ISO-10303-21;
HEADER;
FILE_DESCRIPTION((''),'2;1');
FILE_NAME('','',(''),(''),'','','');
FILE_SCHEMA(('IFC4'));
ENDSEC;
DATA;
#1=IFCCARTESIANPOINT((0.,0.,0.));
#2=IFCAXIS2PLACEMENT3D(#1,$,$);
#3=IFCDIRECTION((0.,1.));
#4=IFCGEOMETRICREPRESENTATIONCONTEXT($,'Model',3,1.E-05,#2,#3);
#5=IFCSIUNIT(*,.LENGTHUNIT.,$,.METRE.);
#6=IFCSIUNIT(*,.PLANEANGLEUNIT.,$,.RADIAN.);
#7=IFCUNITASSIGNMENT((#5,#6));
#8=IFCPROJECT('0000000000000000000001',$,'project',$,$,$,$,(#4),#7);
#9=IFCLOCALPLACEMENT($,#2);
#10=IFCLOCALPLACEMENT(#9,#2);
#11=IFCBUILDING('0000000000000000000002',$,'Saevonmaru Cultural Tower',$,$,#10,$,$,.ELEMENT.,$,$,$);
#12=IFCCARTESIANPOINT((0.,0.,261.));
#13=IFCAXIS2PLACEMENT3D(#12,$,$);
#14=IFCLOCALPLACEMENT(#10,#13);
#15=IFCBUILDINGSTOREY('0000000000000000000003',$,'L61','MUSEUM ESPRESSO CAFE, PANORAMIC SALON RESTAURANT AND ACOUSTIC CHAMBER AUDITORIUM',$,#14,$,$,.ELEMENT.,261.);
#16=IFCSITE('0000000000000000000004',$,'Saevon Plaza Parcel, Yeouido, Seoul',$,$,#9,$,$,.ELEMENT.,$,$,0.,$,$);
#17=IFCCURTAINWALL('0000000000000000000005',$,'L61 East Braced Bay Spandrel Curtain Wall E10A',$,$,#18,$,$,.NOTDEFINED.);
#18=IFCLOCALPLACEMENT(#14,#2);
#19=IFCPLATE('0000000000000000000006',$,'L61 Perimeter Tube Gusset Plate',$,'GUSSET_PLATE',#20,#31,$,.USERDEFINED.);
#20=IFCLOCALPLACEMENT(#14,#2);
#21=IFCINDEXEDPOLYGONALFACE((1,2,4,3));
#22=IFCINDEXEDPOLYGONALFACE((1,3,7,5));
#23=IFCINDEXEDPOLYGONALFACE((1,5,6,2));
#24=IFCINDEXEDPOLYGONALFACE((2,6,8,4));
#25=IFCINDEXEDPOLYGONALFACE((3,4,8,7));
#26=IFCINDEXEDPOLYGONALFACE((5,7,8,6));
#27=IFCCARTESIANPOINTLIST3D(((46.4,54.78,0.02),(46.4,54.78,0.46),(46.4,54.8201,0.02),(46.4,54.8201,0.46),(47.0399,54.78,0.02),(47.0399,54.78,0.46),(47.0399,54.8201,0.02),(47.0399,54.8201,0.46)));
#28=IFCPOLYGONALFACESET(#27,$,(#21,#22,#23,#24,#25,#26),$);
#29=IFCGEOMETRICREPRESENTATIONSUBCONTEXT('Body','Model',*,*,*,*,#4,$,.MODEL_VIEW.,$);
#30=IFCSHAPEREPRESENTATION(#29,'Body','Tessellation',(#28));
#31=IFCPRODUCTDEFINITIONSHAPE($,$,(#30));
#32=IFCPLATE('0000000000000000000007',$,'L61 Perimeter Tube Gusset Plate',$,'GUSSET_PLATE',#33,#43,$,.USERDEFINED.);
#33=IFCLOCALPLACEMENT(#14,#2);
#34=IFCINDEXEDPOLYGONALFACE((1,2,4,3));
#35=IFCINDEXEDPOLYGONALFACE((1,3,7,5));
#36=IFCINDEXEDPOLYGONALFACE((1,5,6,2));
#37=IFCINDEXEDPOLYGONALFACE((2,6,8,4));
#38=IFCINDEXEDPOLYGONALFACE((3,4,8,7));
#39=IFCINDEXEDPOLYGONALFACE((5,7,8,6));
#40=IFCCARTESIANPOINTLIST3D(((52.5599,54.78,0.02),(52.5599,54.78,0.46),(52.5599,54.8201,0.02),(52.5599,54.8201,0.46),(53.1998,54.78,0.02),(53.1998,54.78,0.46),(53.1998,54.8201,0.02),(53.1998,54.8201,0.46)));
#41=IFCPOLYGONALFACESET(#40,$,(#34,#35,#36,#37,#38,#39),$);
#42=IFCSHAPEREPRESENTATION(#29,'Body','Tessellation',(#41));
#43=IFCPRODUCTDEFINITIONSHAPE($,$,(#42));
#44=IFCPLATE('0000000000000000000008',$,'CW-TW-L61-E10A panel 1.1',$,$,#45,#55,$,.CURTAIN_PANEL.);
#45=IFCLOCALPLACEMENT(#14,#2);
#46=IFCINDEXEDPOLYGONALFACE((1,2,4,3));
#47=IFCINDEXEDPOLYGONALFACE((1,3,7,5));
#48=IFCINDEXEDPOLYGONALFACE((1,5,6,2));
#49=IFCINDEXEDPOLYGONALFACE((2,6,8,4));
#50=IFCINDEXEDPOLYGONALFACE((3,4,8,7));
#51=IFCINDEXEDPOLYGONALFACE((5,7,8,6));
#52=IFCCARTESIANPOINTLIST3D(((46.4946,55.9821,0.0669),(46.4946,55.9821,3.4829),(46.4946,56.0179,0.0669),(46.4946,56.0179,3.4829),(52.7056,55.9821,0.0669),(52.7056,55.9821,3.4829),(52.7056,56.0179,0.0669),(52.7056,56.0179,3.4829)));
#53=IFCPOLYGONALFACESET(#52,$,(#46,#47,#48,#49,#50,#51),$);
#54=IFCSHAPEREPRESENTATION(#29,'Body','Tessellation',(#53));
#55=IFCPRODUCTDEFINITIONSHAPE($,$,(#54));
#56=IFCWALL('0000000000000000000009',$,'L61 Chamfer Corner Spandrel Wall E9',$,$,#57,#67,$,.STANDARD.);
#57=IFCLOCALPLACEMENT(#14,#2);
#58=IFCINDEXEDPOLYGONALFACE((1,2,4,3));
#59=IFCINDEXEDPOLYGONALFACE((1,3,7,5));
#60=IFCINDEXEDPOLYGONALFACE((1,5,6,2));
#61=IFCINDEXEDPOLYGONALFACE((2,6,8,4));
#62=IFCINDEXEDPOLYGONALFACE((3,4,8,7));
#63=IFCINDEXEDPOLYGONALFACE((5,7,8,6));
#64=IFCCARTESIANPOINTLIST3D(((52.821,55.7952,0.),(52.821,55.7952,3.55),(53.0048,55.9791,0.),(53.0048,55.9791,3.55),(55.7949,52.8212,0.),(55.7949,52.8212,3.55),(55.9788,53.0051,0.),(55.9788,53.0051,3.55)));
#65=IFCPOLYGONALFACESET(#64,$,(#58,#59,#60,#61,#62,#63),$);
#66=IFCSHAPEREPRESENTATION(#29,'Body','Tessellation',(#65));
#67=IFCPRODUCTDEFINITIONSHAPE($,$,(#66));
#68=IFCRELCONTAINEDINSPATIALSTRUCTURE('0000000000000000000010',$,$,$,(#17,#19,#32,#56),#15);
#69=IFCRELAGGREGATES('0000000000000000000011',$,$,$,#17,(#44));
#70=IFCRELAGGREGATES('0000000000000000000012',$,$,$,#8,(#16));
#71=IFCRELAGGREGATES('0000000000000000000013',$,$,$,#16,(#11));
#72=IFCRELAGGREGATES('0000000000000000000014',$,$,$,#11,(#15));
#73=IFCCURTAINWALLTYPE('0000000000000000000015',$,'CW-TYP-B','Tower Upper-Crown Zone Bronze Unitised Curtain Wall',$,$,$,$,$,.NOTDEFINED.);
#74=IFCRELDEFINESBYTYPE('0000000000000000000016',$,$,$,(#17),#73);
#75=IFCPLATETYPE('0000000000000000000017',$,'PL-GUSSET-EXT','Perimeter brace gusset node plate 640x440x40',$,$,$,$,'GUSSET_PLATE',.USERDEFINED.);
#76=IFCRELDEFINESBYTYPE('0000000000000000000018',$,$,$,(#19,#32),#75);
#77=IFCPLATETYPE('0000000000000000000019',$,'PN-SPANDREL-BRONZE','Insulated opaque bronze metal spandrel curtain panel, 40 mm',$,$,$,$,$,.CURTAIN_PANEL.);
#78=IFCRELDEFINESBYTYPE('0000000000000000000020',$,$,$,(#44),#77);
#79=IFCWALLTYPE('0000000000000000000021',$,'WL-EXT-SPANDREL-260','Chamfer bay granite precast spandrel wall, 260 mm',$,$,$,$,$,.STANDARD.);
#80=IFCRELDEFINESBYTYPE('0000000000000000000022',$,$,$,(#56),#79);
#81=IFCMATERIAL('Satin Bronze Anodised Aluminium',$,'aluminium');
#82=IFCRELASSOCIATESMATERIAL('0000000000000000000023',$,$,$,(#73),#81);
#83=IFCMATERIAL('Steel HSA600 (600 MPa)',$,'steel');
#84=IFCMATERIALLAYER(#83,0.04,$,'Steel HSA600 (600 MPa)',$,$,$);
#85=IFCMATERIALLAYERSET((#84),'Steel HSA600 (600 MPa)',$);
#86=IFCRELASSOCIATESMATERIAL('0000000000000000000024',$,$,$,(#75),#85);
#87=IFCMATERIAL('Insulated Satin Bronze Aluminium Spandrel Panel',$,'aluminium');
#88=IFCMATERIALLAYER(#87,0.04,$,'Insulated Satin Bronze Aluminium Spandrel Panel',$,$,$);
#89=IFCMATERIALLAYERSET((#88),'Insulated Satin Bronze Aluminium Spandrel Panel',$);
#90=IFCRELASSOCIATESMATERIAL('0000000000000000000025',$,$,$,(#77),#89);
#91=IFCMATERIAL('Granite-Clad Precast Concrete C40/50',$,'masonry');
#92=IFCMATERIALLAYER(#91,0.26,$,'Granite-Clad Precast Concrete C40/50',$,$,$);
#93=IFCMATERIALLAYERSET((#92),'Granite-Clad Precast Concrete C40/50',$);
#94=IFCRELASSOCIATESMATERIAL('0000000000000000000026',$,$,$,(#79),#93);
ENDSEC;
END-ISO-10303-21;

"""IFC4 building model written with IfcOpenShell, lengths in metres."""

from ifc_helpers import new_model, si_unit, direction, frame, frame_2d, origin, origin_2d, place, context, subcontext, project, spatial, rectangle, extrude, material, layer, layer_set, type_object, element, aggregate, save


model = new_model("IFC4")

# Units and contexts
model_context = context("Model", 3, precision=1e-05, world=origin(), true_north=direction((0.0, 1.0)))
body_context = subcontext(model_context, "Body", "Model", "MODEL_VIEW")
ifc_project = project(units=[si_unit("LENGTHUNIT", "METRE"), si_unit("PLANEANGLEUNIT", "RADIAN")], contexts=[model_context])

# Site, building, storey
site_placement = place(None, origin())
site = spatial("IfcSite", under=ifc_project, at=site_placement, Name="Saevon Plaza Parcel, Yeouido, Seoul", CompositionType="ELEMENT", RefElevation=0.0)
building_placement = place(site_placement, origin())
building = spatial("IfcBuilding", under=site, at=building_placement, Name="Saevonmaru Cultural Tower", CompositionType="ELEMENT")
storey_placement = place(building_placement, frame((0.0, 0.0, 261.0)))
storey = spatial("IfcBuildingStorey", under=building, at=storey_placement, Name="L61", Description="MUSEUM ESPRESSO CAFE, PANORAMIC SALON RESTAURANT AND ACOUSTIC CHAMBER AUDITORIUM", CompositionType="ELEMENT", Elevation=261.0)

# Curtain wall
ifc_material_1 = material(Name="Satin Bronze Anodised Aluminium", Category="aluminium")
curtain_wall_type = type_object("IfcCurtainWallType", Name="CW-TYP-B", Description="Tower Upper-Crown Zone Bronze Unitised Curtain Wall", PredefinedType="NOTDEFINED", material=ifc_material_1)
curtain_wall_1_placement = place(storey_placement, origin())
curtain_wall_1 = element("IfcCurtainWall", 1, at=curtain_wall_1_placement, inside=storey, type_object=curtain_wall_type, Name="L61 East Braced Bay Spandrel Curtain Wall E10A", PredefinedType="NOTDEFINED")

# Plates
ifc_material_2 = material(Name="Steel HSA600 (600 MPa)", Category="steel")
ifc_layer_1 = layer(ifc_material_2, 0.04, Name="Steel HSA600 (600 MPa)")
ifc_layer_set_1 = layer_set([ifc_layer_1], Name="Steel HSA600 (600 MPa)")
plate_type_1 = type_object("IfcPlateType", Name="PL-GUSSET-EXT", Description="Perimeter brace gusset node plate 640x440x40", ElementType="GUSSET_PLATE", PredefinedType="USERDEFINED", material=ifc_layer_set_1)
for number, where, z_axis, x_axis, name in (
    (2, (46.72, 54.8, 0.02), (0.0, 0.0, 1.0), (1.0, 0.0, 0.0), "L61 Perimeter Tube Gusset Plate"),
    (3, (52.8799, 54.8, 0.02), (0.0, 0.0, 1.0), (1.0, 0.0, 0.0), "L61 Perimeter Tube Gusset Plate"),
):
    element("IfcPlate", number, at=place(storey_placement, frame(where, z_axis=z_axis, x_axis=x_axis)), inside=storey, type_object=plate_type_1, Name=name, ObjectType="GUSSET_PLATE", PredefinedType="USERDEFINED", context=body_context, shape_type="SweptSolid", body=[
        extrude(rectangle(XDim=0.6399, YDim=0.04, at=origin_2d()), origin(), (0.0, 0.0, 1.0), 0.4399),
    ])

# Plate
ifc_material_3 = material(Name="Insulated Satin Bronze Aluminium Spandrel Panel", Category="aluminium")
ifc_layer_2 = layer(ifc_material_3, 0.04, Name="Insulated Satin Bronze Aluminium Spandrel Panel")
ifc_layer_set_2 = layer_set([ifc_layer_2], Name="Insulated Satin Bronze Aluminium Spandrel Panel")
plate_type_2 = type_object("IfcPlateType", Name="PN-SPANDREL-BRONZE", Description="Insulated opaque bronze metal spandrel curtain panel, 40 mm", PredefinedType="CURTAIN_PANEL", material=ifc_layer_set_2)
plate_placement = place(storey_placement, frame((49.6001, 56.0, 0.0669), z_axis=(0.0, 0.0, 1.0), x_axis=(-1.0, 0.0, 0.0)))
plate = element("IfcPlate", 4, at=plate_placement, type_object=plate_type_2, Name="CW-TW-L61-E10A panel 1.1", PredefinedType="CURTAIN_PANEL", context=body_context, shape_type="SweptSolid", body=[
    extrude(rectangle(XDim=6.2109, YDim=0.0359, at=origin_2d()), origin(), (0.0, 0.0, 1.0), 3.416),
])
aggregate(curtain_wall_1, [plate])

# Wall
ifc_material_4 = material(Name="Granite-Clad Precast Concrete C40/50", Category="masonry")
ifc_layer_3 = layer(ifc_material_4, 0.26, Name="Granite-Clad Precast Concrete C40/50")
ifc_layer_set_3 = layer_set([ifc_layer_3], Name="Granite-Clad Precast Concrete C40/50")
wall_type = type_object("IfcWallType", Name="WL-EXT-SPANDREL-260", Description="Chamfer bay granite precast spandrel wall, 260 mm", PredefinedType="STANDARD", material=ifc_layer_set_3)
wall_placement = place(storey_placement, frame((55.887, 52.9131, 0.0), z_axis=(0.0, 0.0, 1.0), x_axis=(-0.707107, 0.707107, 0.0)))
element("IfcWall", 5, at=wall_placement, inside=storey, type_object=wall_type, Name="L61 Chamfer Corner Spandrel Wall E9", PredefinedType="STANDARD", context=body_context, shape_type="SweptSolid", body=[
    extrude(rectangle(XDim=4.2058, YDim=0.26, at=frame_2d((2.103, 0.0))), origin(), (0.0, 0.0, 1.0), 3.55),
])

save(model, "model.ifc")
